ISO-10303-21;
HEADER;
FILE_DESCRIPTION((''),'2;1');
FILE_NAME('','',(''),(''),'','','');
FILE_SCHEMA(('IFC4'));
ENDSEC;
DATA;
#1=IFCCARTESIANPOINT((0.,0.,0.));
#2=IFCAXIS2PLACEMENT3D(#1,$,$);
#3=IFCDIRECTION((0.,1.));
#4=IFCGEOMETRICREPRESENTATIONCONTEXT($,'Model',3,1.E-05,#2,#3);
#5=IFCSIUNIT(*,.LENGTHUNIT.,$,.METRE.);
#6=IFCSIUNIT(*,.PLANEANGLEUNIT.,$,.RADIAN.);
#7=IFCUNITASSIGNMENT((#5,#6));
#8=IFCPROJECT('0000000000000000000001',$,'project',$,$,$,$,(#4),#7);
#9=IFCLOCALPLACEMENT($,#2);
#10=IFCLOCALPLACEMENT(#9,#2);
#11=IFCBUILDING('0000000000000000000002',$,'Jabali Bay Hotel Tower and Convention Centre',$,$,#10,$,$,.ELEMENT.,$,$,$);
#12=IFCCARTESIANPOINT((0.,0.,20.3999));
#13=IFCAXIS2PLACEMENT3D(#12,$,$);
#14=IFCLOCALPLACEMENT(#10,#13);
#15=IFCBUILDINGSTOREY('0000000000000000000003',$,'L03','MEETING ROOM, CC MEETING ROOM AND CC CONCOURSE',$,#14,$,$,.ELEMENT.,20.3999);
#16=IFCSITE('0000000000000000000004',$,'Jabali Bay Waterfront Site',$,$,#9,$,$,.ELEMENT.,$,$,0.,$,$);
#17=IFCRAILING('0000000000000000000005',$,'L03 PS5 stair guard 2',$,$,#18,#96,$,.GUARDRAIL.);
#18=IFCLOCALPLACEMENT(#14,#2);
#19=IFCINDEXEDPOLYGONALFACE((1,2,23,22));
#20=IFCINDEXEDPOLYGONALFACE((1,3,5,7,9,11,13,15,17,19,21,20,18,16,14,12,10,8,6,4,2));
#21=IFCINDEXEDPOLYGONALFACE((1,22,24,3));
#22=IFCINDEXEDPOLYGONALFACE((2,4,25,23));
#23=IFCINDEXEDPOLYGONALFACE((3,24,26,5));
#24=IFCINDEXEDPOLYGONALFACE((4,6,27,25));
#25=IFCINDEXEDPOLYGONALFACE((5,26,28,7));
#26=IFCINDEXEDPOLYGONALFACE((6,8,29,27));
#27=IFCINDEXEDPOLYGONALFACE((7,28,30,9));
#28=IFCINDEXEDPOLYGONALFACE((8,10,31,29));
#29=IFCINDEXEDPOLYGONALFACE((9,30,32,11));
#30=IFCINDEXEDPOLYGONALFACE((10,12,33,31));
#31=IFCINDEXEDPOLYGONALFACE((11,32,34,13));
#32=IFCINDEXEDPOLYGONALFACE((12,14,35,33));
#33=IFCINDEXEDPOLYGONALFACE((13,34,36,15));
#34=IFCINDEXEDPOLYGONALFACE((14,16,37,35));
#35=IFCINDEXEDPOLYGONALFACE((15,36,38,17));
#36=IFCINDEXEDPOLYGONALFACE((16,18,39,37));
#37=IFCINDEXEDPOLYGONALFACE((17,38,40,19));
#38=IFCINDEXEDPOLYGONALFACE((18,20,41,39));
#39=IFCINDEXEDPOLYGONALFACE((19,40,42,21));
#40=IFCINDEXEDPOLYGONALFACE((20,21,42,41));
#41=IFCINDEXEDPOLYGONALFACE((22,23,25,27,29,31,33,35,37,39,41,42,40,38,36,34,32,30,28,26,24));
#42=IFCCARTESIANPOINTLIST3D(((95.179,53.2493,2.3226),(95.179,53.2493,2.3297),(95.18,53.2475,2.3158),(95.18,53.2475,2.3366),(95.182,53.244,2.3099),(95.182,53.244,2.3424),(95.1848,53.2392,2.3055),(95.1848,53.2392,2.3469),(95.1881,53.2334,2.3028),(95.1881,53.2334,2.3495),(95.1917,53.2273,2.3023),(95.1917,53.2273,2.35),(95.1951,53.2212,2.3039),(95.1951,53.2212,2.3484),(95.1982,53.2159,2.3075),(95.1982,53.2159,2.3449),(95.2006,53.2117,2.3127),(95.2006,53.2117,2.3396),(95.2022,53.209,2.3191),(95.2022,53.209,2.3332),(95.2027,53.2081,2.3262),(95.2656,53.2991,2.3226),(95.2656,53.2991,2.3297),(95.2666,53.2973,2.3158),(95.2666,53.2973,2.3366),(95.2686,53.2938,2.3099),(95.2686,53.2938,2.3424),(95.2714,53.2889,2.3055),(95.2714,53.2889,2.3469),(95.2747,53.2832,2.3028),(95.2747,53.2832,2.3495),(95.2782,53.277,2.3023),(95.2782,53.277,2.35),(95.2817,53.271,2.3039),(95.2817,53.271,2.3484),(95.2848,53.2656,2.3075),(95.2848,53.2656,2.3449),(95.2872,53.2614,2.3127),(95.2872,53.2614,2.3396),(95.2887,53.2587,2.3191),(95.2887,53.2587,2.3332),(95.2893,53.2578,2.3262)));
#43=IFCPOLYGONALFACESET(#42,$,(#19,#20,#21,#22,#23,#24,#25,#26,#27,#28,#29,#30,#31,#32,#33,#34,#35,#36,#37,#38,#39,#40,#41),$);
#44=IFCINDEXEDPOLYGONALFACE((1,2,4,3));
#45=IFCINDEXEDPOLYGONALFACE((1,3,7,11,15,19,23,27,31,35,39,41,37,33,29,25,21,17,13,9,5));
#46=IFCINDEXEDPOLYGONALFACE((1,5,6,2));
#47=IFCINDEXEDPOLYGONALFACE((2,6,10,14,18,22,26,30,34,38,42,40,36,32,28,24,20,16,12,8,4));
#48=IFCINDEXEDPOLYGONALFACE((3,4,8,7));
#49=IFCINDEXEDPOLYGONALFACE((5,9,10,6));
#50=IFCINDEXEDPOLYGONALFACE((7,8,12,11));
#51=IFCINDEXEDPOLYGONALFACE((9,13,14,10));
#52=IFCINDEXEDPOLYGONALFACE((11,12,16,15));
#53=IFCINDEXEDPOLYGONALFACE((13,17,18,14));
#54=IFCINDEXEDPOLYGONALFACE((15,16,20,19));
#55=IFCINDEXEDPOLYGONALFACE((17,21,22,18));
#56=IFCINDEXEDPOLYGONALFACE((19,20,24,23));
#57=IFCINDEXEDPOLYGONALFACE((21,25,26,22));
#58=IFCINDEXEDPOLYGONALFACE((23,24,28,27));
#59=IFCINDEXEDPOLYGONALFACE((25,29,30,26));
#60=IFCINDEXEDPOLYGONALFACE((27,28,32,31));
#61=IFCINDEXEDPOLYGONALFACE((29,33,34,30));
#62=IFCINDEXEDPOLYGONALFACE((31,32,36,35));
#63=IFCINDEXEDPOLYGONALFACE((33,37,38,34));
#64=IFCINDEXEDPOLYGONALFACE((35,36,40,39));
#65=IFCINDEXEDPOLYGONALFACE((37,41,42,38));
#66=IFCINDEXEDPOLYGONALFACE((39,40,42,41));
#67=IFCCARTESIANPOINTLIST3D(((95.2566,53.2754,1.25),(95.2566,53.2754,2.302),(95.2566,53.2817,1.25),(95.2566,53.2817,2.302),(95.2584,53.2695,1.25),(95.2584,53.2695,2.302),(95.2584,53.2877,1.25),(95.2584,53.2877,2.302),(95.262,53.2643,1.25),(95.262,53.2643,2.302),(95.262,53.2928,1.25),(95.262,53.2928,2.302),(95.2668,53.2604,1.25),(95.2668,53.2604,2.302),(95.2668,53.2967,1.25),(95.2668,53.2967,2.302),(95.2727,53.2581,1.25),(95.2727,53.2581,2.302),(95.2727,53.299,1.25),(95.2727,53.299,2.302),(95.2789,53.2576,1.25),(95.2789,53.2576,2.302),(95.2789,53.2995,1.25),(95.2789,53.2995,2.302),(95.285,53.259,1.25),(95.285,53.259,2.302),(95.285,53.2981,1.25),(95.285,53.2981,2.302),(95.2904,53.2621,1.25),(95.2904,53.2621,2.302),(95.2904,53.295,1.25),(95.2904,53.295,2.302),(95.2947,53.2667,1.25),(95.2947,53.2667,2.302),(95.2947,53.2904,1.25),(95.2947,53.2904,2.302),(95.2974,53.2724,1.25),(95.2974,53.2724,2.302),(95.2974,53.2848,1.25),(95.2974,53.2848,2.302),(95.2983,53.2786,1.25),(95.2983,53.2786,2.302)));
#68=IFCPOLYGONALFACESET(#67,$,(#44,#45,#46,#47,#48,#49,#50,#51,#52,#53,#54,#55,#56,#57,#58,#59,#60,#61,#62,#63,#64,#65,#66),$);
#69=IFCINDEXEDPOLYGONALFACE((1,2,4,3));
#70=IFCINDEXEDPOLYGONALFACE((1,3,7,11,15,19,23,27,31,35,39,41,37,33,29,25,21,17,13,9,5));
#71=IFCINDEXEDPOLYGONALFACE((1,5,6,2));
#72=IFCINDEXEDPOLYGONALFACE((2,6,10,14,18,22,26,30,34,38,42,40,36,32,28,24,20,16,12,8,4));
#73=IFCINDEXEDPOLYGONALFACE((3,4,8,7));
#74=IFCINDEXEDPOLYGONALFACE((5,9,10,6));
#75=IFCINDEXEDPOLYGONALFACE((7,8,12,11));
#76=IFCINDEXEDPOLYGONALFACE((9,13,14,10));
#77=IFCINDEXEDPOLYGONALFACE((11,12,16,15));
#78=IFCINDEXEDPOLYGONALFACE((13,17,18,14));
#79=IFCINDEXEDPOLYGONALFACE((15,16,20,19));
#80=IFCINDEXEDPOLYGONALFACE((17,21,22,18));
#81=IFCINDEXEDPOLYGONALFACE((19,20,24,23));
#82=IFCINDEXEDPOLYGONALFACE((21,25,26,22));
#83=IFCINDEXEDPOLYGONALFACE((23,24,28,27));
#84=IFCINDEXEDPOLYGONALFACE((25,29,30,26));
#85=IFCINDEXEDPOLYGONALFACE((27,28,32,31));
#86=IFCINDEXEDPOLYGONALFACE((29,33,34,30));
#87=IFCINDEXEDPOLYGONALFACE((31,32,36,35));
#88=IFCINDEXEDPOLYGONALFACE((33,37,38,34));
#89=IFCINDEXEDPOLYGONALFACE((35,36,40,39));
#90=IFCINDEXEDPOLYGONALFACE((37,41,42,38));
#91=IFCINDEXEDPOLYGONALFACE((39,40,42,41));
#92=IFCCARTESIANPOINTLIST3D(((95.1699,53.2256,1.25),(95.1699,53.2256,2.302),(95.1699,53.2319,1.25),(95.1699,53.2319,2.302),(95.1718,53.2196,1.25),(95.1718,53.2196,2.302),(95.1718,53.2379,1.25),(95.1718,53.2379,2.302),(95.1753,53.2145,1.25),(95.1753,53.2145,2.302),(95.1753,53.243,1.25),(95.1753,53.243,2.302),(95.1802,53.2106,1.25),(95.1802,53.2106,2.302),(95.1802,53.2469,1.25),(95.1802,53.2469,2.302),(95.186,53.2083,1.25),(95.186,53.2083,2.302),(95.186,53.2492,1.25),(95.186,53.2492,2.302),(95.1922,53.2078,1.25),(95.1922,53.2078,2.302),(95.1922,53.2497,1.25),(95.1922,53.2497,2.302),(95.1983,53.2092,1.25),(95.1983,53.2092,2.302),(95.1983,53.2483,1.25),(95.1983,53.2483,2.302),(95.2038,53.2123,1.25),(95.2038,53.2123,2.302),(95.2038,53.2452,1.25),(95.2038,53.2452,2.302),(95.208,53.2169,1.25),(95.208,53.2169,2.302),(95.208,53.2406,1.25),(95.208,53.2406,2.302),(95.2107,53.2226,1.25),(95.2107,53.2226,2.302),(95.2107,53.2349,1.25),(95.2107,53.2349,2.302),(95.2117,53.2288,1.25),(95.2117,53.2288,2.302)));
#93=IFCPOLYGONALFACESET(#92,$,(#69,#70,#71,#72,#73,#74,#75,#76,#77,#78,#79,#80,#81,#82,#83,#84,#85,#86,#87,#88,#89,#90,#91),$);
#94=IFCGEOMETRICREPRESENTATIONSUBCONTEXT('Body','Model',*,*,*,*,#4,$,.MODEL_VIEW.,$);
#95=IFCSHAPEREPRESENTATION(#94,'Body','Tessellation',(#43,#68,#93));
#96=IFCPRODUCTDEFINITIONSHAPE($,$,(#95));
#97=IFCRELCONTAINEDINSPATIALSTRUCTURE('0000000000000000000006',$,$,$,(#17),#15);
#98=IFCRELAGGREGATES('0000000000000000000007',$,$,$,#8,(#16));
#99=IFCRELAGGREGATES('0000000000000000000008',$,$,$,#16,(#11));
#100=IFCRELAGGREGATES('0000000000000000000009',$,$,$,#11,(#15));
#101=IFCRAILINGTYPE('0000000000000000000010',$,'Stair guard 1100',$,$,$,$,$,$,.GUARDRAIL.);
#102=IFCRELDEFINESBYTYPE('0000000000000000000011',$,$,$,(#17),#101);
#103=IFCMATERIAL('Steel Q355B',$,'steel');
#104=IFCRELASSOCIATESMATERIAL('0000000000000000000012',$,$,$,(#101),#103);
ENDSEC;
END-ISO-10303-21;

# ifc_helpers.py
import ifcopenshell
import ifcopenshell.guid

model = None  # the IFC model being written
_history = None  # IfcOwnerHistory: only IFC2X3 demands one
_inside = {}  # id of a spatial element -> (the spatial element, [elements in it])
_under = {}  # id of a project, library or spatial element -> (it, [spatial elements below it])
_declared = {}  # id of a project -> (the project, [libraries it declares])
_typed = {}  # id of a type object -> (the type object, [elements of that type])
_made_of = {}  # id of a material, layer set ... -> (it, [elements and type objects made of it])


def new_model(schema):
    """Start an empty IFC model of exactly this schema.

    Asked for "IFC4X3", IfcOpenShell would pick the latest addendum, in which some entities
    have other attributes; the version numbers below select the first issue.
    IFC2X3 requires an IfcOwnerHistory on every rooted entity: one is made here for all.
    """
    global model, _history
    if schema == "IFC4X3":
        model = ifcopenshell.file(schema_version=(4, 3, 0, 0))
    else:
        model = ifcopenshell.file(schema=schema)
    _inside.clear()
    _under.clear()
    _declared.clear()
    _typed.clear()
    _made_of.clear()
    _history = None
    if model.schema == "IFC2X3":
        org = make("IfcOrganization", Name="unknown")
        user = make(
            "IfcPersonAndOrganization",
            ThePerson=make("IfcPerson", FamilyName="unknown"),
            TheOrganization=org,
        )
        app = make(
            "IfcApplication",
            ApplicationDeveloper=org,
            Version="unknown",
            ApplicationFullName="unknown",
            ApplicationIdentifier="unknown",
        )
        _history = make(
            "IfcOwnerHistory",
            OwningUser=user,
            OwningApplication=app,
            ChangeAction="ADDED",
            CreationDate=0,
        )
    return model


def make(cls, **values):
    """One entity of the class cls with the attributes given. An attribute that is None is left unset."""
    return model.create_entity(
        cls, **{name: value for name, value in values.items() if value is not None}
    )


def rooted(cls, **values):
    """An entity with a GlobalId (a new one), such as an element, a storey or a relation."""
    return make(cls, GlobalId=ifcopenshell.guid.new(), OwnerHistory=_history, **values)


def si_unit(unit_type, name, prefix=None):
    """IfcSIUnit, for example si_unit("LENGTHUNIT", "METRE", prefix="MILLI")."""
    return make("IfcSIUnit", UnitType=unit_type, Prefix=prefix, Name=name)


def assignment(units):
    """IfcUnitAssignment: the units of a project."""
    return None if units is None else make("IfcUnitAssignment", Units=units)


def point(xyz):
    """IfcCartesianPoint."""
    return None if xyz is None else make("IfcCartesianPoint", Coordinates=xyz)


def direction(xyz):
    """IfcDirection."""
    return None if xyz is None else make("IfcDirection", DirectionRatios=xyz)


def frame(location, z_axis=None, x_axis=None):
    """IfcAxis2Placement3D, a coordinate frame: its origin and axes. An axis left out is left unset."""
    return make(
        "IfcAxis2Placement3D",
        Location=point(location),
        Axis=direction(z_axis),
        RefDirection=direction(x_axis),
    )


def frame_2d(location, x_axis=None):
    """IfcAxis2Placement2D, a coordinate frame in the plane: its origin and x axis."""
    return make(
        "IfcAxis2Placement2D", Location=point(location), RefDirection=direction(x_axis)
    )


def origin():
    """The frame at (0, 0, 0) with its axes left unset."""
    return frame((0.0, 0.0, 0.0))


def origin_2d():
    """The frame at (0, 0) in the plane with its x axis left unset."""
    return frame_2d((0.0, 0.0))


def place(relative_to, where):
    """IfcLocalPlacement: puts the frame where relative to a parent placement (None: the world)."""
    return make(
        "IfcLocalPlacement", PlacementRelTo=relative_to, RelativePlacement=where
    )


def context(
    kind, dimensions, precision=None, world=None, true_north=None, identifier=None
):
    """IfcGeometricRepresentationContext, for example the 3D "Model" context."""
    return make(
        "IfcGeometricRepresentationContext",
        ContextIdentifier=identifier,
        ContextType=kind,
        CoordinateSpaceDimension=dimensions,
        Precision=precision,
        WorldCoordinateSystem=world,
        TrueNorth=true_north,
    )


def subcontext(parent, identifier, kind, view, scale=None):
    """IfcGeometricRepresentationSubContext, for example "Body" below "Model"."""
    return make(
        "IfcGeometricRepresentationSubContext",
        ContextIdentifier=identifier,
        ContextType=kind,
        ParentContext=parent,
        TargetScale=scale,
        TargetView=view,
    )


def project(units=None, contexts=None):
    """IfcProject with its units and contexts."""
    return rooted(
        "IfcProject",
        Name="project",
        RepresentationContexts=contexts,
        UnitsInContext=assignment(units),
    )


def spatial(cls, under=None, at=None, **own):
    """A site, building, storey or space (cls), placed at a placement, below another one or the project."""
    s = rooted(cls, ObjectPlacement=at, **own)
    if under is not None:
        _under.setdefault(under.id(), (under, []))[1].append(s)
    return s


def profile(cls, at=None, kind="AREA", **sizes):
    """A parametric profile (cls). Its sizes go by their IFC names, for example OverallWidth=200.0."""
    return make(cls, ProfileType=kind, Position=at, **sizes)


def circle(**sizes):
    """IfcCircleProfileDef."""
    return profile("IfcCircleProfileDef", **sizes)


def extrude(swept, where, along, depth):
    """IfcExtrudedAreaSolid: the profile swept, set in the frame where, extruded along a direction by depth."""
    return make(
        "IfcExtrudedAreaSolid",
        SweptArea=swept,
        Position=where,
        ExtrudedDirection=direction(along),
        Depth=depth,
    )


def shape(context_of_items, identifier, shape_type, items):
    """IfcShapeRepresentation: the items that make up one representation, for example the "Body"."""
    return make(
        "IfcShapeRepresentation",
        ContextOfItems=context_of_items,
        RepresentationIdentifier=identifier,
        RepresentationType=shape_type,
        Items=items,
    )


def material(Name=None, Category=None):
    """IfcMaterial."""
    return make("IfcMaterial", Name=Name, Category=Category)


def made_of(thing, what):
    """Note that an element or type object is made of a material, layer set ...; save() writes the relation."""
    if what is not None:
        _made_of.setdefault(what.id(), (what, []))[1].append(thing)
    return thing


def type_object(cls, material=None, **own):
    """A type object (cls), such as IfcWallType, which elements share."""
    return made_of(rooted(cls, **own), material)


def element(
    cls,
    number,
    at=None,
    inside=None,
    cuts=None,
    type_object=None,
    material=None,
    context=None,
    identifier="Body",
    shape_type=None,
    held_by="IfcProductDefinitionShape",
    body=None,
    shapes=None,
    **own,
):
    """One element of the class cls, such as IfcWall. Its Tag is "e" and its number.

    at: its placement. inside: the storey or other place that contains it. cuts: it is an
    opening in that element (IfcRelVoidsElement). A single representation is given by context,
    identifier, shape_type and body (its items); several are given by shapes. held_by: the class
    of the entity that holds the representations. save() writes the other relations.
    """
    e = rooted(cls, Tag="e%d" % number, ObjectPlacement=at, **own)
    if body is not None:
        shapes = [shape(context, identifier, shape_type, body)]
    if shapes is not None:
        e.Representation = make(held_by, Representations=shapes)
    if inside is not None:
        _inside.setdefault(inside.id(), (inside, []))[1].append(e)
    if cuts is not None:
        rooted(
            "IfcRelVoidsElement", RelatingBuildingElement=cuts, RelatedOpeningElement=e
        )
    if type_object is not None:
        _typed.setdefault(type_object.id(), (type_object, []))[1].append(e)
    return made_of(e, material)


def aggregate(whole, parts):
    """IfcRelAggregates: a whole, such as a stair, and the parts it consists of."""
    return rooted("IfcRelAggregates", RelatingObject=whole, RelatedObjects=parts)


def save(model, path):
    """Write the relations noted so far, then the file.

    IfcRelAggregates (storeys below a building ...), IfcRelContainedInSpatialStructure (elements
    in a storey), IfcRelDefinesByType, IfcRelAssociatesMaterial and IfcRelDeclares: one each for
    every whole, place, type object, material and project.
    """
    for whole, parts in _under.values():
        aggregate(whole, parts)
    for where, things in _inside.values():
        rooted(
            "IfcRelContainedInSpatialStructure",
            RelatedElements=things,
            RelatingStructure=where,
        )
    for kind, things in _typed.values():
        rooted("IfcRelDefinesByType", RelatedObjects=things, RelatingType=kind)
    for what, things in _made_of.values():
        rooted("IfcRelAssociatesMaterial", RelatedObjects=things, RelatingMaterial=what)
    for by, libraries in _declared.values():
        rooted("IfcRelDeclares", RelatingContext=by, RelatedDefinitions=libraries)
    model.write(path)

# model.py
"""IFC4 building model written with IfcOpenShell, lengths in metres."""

from ifc_helpers import new_model, si_unit, direction, frame, origin, origin_2d, place, context, subcontext, project, spatial, circle, extrude, material, type_object, element, save


model = new_model("IFC4")

# Units and contexts
model_context = context("Model", 3, precision=1e-05, world=origin(), true_north=direction((0.0, 1.0)))
body_context = subcontext(model_context, "Body", "Model", "MODEL_VIEW")
ifc_project = project(units=[si_unit("LENGTHUNIT", "METRE"), si_unit("PLANEANGLEUNIT", "RADIAN")], contexts=[model_context])

# Site, building, storey
site_placement = place(None, origin())
site = spatial("IfcSite", under=ifc_project, at=site_placement, Name="Jabali Bay Waterfront Site", CompositionType="ELEMENT", RefElevation=0.0)
building_placement = place(site_placement, origin())
building = spatial("IfcBuilding", under=site, at=building_placement, Name="Jabali Bay Hotel Tower and Convention Centre", CompositionType="ELEMENT")
storey_placement = place(building_placement, frame((0.0, 0.0, 20.3999)))
storey = spatial("IfcBuildingStorey", under=building, at=storey_placement, Name="L03", Description="MEETING ROOM, CC MEETING ROOM AND CC CONCOURSE", CompositionType="ELEMENT", Elevation=20.3999)

# Railing
ifc_material_1 = material(Name="Steel Q355B", Category="steel")
railing_type_1 = type_object("IfcRailingType", Name="Stair guard 1100", PredefinedType="GUARDRAIL", material=ifc_material_1)
railing_1_placement = place(storey_placement, frame((95.2773, 53.2786, 1.25)))
element("IfcRailing", 1, at=railing_1_placement, inside=storey, type_object=railing_type_1, Name="L03 PS5 stair guard 2", PredefinedType="GUARDRAIL", context=body_context, shape_type="SweptSolid", body=[
    extrude(circle(Radius=0.0239, at=origin_2d()), frame((0.0, 0.0, 1.0762), z_axis=(-0.867038, -0.498242, 0.0), x_axis=(0.498242, -0.867038, 0.0)), (0.0, 0.0, 1.0), 0.0999),
    extrude(circle(Radius=0.021, at=origin_2d()), origin(), (0.0, 0.0, 1.0), 1.052),
    extrude(circle(Radius=0.021, at=origin_2d()), frame((-0.0867, -0.0498, 0.0)), (0.0, 0.0, 1.0), 1.052),
])

save(model, "model.ifc")
